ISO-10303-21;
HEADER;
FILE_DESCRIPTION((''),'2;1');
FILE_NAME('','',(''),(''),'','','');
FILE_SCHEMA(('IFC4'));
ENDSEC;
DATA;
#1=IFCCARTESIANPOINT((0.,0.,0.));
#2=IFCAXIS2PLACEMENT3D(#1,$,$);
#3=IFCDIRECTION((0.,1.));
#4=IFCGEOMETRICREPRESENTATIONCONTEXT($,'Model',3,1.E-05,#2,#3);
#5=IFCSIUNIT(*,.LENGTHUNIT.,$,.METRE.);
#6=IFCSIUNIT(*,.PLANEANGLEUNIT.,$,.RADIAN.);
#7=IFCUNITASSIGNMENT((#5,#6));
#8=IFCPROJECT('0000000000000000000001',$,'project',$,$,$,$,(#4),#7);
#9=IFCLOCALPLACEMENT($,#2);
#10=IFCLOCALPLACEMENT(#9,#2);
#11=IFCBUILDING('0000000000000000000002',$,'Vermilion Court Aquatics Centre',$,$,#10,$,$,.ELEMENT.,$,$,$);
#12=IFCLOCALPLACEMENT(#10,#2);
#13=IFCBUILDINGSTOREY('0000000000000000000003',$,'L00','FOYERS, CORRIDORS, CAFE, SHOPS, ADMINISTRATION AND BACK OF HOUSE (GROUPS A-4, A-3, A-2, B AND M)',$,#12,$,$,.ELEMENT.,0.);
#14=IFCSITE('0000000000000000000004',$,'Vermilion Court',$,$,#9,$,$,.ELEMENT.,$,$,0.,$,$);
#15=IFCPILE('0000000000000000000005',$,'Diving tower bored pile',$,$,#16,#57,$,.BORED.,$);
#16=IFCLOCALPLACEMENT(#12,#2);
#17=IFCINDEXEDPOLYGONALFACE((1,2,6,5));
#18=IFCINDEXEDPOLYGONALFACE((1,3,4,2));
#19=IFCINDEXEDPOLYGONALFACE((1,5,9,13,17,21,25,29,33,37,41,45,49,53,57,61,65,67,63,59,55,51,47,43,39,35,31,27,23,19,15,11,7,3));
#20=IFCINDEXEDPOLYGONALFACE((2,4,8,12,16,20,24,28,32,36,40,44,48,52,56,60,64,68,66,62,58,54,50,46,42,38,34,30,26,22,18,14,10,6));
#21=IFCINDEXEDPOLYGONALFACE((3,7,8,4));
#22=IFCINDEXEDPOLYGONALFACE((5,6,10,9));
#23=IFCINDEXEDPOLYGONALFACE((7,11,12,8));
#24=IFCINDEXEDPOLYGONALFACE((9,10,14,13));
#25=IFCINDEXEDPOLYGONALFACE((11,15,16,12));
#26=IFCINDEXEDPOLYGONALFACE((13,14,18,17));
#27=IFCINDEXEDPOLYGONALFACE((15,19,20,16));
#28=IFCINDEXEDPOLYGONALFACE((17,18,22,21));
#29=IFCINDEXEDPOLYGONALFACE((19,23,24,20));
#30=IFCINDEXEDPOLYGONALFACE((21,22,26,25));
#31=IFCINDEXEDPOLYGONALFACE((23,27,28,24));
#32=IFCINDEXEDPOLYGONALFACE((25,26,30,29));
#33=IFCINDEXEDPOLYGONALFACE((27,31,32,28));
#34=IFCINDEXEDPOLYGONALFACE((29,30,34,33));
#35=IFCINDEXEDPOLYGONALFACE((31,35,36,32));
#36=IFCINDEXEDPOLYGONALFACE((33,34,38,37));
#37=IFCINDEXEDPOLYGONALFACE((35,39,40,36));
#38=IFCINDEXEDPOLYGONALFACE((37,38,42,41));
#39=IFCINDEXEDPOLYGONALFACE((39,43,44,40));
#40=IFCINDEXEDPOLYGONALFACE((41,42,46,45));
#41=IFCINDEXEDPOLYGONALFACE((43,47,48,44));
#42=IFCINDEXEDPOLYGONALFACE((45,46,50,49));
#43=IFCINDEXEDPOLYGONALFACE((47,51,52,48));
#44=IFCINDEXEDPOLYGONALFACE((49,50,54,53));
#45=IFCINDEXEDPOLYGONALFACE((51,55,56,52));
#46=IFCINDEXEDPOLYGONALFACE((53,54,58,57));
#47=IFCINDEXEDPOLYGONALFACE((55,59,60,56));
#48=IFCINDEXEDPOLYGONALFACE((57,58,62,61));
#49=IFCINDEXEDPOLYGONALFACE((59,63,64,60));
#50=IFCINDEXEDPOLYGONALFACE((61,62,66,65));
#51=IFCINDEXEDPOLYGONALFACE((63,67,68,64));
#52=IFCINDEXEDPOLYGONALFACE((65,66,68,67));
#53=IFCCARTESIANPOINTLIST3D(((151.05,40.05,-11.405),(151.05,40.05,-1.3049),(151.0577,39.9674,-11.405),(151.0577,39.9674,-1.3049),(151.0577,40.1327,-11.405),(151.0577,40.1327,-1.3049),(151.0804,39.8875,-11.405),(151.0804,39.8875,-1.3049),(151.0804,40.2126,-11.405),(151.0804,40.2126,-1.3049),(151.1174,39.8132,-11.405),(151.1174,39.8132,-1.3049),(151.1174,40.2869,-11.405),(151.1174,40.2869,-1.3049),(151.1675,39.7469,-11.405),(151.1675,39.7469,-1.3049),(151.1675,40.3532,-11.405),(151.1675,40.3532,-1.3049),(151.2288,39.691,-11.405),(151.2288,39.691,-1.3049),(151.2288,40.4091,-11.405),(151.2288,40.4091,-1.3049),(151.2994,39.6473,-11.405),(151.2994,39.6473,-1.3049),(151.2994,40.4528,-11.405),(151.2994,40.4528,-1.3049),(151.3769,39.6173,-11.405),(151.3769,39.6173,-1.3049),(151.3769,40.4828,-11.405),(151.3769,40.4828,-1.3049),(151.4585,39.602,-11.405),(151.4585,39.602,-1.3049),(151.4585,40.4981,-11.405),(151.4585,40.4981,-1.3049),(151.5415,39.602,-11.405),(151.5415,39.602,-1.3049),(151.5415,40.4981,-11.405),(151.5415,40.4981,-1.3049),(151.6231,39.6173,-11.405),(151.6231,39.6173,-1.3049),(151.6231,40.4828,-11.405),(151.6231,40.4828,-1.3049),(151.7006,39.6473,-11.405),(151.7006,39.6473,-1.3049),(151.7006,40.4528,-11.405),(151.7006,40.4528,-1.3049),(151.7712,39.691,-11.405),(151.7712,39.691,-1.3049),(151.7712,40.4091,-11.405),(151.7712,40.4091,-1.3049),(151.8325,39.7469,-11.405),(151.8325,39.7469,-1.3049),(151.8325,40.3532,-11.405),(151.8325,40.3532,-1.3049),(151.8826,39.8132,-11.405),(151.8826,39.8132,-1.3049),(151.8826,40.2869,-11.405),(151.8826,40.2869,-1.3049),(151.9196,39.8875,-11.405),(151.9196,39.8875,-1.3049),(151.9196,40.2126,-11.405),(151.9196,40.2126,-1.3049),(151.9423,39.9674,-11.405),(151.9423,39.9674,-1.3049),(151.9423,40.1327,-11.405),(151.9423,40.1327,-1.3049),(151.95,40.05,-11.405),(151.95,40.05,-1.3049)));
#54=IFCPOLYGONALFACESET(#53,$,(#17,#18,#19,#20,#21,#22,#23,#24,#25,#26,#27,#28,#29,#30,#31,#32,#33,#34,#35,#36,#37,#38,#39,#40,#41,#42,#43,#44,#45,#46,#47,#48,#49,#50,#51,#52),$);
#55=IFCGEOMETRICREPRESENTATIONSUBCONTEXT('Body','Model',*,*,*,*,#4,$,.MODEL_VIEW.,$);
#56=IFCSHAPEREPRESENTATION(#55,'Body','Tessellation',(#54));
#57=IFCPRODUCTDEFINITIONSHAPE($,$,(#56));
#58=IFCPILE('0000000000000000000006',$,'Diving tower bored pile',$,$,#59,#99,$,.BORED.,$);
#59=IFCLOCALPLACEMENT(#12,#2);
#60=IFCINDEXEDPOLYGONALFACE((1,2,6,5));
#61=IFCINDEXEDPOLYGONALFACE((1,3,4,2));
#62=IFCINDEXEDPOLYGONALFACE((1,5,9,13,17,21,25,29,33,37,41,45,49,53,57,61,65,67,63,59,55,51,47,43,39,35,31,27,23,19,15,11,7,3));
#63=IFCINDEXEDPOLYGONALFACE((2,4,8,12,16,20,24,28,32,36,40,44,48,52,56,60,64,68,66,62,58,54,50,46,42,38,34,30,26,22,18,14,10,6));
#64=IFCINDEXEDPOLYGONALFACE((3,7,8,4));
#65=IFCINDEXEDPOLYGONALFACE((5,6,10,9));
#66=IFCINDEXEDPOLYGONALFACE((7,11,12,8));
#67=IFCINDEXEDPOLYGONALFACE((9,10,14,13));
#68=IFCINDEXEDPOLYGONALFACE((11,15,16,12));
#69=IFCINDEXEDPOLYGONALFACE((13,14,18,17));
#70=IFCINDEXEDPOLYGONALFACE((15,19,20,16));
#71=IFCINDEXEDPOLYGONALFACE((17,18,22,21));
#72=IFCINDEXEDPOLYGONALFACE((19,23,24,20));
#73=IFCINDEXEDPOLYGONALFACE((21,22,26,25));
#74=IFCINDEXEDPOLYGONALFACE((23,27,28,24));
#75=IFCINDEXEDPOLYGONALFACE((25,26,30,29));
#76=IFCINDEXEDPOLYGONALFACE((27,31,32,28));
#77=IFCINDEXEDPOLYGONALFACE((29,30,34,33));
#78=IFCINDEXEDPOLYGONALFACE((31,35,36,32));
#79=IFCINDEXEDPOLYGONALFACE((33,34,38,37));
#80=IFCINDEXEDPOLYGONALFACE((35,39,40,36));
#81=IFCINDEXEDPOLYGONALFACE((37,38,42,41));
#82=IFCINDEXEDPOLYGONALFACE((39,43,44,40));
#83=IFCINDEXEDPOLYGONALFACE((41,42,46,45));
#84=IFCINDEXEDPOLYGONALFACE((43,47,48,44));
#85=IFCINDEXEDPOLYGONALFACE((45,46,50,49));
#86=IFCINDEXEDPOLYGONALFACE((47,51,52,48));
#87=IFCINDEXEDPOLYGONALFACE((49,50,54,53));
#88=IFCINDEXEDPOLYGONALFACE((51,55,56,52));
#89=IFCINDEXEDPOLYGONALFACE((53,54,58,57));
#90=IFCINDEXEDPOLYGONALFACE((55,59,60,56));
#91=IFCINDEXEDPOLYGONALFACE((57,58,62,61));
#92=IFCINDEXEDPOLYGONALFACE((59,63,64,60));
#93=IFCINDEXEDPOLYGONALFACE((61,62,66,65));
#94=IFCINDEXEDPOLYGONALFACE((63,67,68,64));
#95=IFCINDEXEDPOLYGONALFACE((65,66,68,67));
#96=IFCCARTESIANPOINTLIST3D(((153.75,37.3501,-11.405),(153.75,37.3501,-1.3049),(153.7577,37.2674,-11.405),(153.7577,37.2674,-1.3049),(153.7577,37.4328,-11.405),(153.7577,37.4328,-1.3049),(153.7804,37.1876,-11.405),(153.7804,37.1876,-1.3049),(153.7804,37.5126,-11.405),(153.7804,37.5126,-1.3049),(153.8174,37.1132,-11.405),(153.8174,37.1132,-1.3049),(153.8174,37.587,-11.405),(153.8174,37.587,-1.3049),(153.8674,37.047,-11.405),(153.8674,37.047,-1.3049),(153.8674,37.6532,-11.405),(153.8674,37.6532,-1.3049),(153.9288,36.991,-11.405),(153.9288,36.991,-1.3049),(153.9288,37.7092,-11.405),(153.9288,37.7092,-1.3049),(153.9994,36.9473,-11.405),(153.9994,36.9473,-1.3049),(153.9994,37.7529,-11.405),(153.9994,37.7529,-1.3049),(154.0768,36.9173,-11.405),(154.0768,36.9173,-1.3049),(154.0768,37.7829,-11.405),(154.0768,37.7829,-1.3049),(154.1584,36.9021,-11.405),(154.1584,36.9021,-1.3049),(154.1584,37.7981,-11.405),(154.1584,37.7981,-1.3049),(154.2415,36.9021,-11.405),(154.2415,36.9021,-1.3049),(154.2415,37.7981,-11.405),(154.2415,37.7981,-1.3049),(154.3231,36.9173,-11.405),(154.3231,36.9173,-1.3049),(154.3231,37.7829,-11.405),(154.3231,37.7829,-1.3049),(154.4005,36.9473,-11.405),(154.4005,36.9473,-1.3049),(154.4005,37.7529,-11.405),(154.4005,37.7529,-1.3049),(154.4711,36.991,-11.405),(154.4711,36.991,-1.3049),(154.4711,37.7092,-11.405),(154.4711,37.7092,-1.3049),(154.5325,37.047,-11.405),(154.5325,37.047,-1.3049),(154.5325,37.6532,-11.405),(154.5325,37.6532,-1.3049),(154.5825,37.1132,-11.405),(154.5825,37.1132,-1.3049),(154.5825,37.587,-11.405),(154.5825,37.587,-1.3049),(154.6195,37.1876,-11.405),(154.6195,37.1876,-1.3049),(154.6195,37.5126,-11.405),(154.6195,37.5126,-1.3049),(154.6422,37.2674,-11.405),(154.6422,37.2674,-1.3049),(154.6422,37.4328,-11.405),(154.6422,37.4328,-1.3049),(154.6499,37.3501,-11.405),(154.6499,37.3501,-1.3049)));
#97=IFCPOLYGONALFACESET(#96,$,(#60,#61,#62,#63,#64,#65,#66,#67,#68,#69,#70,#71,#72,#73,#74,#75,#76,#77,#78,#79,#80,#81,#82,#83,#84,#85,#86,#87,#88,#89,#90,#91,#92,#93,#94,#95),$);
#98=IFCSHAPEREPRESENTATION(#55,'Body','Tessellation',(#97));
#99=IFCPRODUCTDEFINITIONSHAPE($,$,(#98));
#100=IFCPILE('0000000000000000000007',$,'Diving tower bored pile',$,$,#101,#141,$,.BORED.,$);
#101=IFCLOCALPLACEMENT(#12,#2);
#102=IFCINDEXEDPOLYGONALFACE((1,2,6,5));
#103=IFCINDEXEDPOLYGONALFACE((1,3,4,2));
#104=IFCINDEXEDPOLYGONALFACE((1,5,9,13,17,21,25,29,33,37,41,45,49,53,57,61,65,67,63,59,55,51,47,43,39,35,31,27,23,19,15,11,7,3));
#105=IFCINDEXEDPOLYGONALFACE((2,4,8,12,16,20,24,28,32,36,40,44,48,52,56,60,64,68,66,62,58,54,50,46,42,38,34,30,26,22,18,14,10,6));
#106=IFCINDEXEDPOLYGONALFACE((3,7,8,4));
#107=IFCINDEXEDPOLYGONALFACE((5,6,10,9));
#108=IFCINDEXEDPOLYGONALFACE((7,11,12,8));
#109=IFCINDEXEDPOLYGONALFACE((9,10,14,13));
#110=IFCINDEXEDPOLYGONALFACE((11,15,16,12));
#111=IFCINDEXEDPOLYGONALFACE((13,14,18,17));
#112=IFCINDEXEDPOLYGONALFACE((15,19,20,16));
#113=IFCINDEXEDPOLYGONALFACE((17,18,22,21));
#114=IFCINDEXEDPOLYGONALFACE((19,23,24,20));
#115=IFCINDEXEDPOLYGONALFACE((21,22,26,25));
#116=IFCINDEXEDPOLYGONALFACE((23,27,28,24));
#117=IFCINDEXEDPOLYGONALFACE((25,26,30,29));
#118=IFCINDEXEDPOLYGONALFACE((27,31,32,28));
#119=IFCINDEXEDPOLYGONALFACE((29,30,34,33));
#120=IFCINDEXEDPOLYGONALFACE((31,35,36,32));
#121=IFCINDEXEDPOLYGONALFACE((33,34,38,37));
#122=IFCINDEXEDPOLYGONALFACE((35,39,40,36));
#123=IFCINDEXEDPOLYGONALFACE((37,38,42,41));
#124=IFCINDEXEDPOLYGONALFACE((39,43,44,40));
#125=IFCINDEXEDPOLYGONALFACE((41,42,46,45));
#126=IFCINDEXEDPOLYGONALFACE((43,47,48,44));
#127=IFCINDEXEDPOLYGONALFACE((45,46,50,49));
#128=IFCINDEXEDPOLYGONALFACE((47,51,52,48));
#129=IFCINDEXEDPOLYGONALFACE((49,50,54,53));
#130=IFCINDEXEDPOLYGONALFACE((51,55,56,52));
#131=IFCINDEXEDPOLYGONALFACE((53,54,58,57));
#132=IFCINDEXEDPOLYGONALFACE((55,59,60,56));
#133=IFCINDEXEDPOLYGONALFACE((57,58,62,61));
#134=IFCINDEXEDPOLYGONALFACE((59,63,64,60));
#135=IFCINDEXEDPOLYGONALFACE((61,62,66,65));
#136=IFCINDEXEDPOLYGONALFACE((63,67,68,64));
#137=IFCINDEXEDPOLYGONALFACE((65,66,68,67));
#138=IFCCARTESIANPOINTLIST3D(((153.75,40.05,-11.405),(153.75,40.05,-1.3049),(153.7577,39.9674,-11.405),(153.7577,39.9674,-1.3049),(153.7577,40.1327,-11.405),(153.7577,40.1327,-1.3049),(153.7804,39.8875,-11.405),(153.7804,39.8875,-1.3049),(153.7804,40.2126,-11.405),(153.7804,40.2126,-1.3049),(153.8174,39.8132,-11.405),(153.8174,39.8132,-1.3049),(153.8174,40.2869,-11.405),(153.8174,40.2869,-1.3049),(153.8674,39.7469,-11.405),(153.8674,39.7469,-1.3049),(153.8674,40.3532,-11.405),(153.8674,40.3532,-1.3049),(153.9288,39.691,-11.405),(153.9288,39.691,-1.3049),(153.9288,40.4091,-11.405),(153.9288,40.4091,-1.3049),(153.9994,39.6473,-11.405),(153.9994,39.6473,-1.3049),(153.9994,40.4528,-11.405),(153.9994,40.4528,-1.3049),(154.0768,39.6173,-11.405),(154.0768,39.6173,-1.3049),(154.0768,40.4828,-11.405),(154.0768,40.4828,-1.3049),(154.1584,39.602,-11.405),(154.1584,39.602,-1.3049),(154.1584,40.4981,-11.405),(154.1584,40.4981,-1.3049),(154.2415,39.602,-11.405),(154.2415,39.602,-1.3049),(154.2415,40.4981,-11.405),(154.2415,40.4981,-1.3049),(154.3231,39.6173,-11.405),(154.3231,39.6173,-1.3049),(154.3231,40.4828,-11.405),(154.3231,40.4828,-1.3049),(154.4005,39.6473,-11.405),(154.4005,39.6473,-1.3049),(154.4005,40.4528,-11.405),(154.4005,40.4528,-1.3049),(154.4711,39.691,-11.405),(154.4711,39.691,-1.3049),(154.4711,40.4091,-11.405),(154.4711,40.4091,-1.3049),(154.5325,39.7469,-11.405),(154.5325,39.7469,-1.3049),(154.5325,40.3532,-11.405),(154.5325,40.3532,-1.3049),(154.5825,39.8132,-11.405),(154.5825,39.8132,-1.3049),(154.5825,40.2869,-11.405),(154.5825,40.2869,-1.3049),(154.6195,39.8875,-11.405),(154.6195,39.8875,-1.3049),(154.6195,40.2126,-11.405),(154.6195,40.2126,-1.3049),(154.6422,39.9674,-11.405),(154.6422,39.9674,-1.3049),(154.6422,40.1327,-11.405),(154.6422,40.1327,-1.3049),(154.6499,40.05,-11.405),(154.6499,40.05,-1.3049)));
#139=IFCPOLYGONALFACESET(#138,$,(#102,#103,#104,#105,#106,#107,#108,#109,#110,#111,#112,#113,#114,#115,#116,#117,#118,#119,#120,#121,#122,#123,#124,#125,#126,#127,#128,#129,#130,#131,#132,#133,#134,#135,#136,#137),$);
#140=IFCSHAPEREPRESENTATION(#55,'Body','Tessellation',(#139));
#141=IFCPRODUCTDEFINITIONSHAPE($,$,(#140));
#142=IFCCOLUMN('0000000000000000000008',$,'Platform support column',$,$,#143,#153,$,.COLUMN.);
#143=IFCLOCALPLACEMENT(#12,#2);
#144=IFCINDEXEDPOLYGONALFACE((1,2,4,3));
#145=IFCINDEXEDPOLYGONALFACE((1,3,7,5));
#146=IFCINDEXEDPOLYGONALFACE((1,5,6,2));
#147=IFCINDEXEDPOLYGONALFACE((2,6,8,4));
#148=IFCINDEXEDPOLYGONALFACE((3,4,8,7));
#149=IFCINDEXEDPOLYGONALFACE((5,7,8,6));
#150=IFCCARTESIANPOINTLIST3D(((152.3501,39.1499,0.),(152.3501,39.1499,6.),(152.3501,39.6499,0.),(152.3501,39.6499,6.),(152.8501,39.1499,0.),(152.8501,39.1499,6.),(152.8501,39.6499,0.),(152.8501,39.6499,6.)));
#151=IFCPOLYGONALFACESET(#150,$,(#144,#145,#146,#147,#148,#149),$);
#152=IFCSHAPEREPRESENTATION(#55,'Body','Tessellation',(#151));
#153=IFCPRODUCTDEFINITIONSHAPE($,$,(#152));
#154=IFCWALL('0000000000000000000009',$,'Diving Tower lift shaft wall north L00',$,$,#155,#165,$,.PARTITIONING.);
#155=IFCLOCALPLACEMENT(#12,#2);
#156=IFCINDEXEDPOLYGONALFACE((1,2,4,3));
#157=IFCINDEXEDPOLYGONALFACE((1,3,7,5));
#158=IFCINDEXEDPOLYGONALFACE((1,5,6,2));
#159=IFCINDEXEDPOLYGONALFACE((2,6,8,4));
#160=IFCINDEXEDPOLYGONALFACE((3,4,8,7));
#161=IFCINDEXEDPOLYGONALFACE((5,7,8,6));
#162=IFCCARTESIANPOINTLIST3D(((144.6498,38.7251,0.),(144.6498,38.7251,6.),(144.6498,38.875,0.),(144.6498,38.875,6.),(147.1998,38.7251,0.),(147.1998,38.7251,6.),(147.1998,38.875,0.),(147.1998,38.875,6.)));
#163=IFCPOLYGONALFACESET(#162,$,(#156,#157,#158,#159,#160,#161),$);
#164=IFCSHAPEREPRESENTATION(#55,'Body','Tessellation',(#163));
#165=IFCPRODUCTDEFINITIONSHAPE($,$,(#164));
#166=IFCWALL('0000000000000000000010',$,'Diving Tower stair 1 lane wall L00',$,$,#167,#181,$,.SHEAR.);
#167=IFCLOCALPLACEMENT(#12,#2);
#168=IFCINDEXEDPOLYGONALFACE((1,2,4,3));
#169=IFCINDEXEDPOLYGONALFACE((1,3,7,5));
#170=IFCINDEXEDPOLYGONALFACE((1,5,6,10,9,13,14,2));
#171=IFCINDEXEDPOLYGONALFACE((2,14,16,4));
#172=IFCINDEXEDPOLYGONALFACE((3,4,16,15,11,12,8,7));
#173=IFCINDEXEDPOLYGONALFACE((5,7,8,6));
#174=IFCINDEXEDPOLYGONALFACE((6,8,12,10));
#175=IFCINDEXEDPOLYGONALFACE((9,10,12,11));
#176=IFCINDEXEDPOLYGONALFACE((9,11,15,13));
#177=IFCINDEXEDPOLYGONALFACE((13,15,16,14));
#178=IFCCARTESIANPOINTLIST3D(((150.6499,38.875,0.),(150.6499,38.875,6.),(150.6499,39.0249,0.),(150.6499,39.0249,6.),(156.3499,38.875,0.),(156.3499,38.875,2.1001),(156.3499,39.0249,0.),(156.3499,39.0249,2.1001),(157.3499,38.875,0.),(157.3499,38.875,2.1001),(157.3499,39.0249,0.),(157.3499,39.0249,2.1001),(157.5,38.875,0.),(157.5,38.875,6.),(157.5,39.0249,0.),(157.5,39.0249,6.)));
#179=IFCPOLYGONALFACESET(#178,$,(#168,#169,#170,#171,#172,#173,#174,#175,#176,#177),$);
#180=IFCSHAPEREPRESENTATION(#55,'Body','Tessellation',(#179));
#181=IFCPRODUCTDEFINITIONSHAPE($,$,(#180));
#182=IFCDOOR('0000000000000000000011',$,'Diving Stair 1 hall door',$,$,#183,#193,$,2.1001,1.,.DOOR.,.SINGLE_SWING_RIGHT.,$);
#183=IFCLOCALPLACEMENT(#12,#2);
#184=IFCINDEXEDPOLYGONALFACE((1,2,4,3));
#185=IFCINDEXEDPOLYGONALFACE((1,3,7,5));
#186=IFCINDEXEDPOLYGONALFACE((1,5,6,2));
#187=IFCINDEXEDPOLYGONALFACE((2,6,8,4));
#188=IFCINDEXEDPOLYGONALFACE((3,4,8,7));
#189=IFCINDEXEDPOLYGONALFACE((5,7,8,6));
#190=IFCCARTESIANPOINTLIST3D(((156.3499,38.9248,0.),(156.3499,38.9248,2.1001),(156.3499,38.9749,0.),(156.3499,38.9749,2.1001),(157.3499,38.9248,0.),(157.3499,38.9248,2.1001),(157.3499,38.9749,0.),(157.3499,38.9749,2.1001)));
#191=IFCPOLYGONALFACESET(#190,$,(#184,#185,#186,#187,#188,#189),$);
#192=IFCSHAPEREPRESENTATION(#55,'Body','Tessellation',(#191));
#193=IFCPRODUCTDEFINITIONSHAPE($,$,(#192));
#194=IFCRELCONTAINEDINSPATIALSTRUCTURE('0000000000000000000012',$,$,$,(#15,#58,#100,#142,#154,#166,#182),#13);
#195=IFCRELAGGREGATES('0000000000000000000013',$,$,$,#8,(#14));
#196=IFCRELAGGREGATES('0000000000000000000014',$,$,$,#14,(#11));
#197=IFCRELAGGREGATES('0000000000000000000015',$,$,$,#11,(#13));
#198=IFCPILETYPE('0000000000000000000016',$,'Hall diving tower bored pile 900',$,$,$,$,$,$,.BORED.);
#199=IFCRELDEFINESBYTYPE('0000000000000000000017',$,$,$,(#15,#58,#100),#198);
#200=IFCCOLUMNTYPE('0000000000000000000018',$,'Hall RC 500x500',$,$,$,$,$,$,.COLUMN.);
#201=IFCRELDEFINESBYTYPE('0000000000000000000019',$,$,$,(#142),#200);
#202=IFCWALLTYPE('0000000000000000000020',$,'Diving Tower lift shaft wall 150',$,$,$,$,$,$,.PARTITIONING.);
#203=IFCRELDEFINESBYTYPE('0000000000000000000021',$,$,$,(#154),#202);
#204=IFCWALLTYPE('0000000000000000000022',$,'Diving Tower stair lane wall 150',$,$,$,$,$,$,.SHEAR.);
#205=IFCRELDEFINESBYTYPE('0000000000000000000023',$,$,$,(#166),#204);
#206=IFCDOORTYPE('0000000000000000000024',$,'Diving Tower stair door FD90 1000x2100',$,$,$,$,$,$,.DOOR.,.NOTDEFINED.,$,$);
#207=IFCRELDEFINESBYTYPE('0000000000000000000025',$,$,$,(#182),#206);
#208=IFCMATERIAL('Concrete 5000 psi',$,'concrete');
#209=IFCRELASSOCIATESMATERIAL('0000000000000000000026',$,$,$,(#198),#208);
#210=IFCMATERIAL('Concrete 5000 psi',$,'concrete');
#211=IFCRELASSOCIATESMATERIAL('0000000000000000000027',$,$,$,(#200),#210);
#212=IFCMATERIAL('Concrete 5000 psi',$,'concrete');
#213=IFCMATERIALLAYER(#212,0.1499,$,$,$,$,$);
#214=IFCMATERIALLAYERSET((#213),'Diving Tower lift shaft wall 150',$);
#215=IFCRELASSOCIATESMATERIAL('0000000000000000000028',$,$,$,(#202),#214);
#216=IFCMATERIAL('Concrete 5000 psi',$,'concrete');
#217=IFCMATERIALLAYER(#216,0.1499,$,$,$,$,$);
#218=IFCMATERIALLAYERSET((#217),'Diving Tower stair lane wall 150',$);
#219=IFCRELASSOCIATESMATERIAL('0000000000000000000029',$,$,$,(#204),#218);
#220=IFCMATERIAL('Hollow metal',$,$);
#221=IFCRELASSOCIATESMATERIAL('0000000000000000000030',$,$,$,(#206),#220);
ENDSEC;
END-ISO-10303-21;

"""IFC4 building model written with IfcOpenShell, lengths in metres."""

from ifc_helpers import new_model, si_unit, direction, frame, frame_2d, origin, origin_2d, place, context, subcontext, project, spatial, rectangle, circle, extrude, material, layer, layer_set, material_profile, profile_set, type_object, element, fill, save


model = new_model("IFC4")

# Units and contexts
model_context = context("Model", 3, precision=1e-05, world=origin(), true_north=direction((0.0, 1.0)))
body_context = subcontext(model_context, "Body", "Model", "MODEL_VIEW")
ifc_project = project(units=[si_unit("LENGTHUNIT", "METRE"), si_unit("PLANEANGLEUNIT", "RADIAN")], contexts=[model_context])

# Site, building, storey
site_placement = place(None, origin())
site = spatial("IfcSite", under=ifc_project, at=site_placement, Name="Vermilion Court", CompositionType="ELEMENT", RefElevation=0.0)
building_placement = place(site_placement, origin())
building = spatial("IfcBuilding", under=site, at=building_placement, Name="Vermilion Court Aquatics Centre", CompositionType="ELEMENT")
storey_placement = place(building_placement, origin())
storey = spatial("IfcBuildingStorey", under=building, at=storey_placement, Name="L00", Description="FOYERS, CORRIDORS, CAFE, SHOPS, ADMINISTRATION AND BACK OF HOUSE (GROUPS A-4, A-3, A-2, B AND M)", CompositionType="ELEMENT", Elevation=0.0)

# Piles
ifc_material_1 = material(Name="Concrete 5000 psi", Category="concrete")
ifc_material_profile_1 = material_profile(ifc_material_1, circle(Radius=0.45, at=origin_2d()), Name="D900")
ifc_profile_set_1 = profile_set([ifc_material_profile_1], Name="Concrete 5000 psi")
pile_type = type_object("IfcPileType", Name="Hall diving tower bored pile 900", PredefinedType="BORED", material=ifc_profile_set_1)
for number, where, z_axis, x_axis, name in (
    (1, (151.5, 40.05, -1.3049), (0.0, 0.0, -1.0), (1.0, 0.0, 0.0), "Diving tower bored pile"),
    (2, (154.2, 37.3501, -1.3049), (0.0, 0.0, -1.0), (1.0, 0.0, 0.0), "Diving tower bored pile"),
    (3, (154.2, 40.05, -1.3049), (0.0, 0.0, -1.0), (1.0, 0.0, 0.0), "Diving tower bored pile"),
):
    element("IfcPile", number, at=place(storey_placement, frame(where, z_axis=z_axis, x_axis=x_axis)), inside=storey, type_object=pile_type, Name=name, PredefinedType="BORED", context=body_context, shape_type="SweptSolid", body=[
        extrude(circle(Radius=0.45, at=origin_2d()), origin(), (0.0, 0.0, 1.0), 10.1001),
    ])

# Column
ifc_material_2 = material(Name="Concrete 5000 psi", Category="concrete")
ifc_material_profile_2 = material_profile(ifc_material_2, rectangle(XDim=0.5, YDim=0.5, at=origin_2d()), Name="RC 500x500")
ifc_profile_set_2 = profile_set([ifc_material_profile_2], Name="Concrete 5000 psi")
column_type = type_object("IfcColumnType", Name="Hall RC 500x500", PredefinedType="COLUMN", material=ifc_profile_set_2)
column_placement = place(storey_placement, frame((152.6001, 39.3999, 0.0), z_axis=(0.0, 0.0, 1.0), x_axis=(1.0, 0.0, 0.0)))
element("IfcColumn", 4, at=column_placement, inside=storey, type_object=column_type, Name="Platform support column", PredefinedType="COLUMN", context=body_context, shape_type="SweptSolid", body=[
    extrude(rectangle(XDim=0.5, YDim=0.5, at=origin_2d()), origin(), (0.0, 0.0, 1.0), 6.0),
])

# Wall
ifc_material_3 = material(Name="Concrete 5000 psi", Category="concrete")
ifc_layer_1 = layer(ifc_material_3, 0.1499)
ifc_layer_set_1 = layer_set([ifc_layer_1], Name="Diving Tower lift shaft wall 150")
wall_type_1 = type_object("IfcWallType", Name="Diving Tower lift shaft wall 150", PredefinedType="PARTITIONING", material=ifc_layer_set_1)
wall_1_placement = place(storey_placement, frame((144.6499, 38.8, 0.0), z_axis=(0.0, 0.0, 1.0), x_axis=(1.0, 0.0, 0.0)))
element("IfcWall", 5, at=wall_1_placement, inside=storey, type_object=wall_type_1, Name="Diving Tower lift shaft wall north L00", PredefinedType="PARTITIONING", context=body_context, shape_type="SweptSolid", body=[
    extrude(rectangle(XDim=2.55, YDim=0.1499, at=frame_2d((1.2749, 0.0))), origin(), (0.0, 0.0, 1.0), 6.0),
])

# Wall, opening, door
ifc_material_4 = material(Name="Concrete 5000 psi", Category="concrete")
ifc_layer_2 = layer(ifc_material_4, 0.1499)
ifc_layer_set_2 = layer_set([ifc_layer_2], Name="Diving Tower stair lane wall 150")
wall_type_2 = type_object("IfcWallType", Name="Diving Tower stair lane wall 150", PredefinedType="SHEAR", material=ifc_layer_set_2)
wall_2_placement = place(storey_placement, frame((150.6499, 38.95, 0.0), z_axis=(0.0, 0.0, 1.0), x_axis=(1.0, 0.0, 0.0)))
wall_2 = element("IfcWall", 6, at=wall_2_placement, inside=storey, type_object=wall_type_2, Name="Diving Tower stair 1 lane wall L00", PredefinedType="SHEAR", context=body_context, shape_type="SweptSolid", body=[
    extrude(rectangle(XDim=6.8501, YDim=0.1499, at=frame_2d((3.425, 0.0))), origin(), (0.0, 0.0, 1.0), 6.0),
])
opening_1_placement = place(wall_2_placement, frame((5.7, 0.0, 0.0)))
opening_1 = element("IfcOpeningElement", 7, at=opening_1_placement, cuts=wall_2, PredefinedType="OPENING", context=body_context, shape_type="SweptSolid", body=[
    extrude(rectangle(XDim=1.0, YDim=2.1001, at=frame_2d((0.5, 1.05))), frame((0.0, 0.085, 0.0), z_axis=(0.0, -1.0, 0.0), x_axis=(1.0, 0.0, 0.0)), (0.0, 0.0, 1.0), 0.1699),
])
ifc_material_5 = material(Name="Hollow metal")
door_type_1 = type_object("IfcDoorType", Name="Diving Tower stair door FD90 1000x2100", OperationType="NOTDEFINED", PredefinedType="DOOR", material=ifc_material_5)
door_1_placement = place(opening_1_placement, origin())
door_1 = element("IfcDoor", 8, at=door_1_placement, inside=storey, type_object=door_type_1, Name="Diving Stair 1 hall door", OperationType="SINGLE_SWING_RIGHT", OverallHeight=2.1001, OverallWidth=1.0, PredefinedType="DOOR", context=body_context, shape_type="SweptSolid", body=[
    extrude(rectangle(XDim=1.0, YDim=2.1001, at=frame_2d((0.5, 1.05))), frame((0.0, 0.0249, 0.0), z_axis=(0.0, -1.0, 0.0), x_axis=(1.0, 0.0, 0.0)), (0.0, 0.0, 1.0), 0.05),
])
fill(opening_1, door_1)

save(model, "model.ifc")
